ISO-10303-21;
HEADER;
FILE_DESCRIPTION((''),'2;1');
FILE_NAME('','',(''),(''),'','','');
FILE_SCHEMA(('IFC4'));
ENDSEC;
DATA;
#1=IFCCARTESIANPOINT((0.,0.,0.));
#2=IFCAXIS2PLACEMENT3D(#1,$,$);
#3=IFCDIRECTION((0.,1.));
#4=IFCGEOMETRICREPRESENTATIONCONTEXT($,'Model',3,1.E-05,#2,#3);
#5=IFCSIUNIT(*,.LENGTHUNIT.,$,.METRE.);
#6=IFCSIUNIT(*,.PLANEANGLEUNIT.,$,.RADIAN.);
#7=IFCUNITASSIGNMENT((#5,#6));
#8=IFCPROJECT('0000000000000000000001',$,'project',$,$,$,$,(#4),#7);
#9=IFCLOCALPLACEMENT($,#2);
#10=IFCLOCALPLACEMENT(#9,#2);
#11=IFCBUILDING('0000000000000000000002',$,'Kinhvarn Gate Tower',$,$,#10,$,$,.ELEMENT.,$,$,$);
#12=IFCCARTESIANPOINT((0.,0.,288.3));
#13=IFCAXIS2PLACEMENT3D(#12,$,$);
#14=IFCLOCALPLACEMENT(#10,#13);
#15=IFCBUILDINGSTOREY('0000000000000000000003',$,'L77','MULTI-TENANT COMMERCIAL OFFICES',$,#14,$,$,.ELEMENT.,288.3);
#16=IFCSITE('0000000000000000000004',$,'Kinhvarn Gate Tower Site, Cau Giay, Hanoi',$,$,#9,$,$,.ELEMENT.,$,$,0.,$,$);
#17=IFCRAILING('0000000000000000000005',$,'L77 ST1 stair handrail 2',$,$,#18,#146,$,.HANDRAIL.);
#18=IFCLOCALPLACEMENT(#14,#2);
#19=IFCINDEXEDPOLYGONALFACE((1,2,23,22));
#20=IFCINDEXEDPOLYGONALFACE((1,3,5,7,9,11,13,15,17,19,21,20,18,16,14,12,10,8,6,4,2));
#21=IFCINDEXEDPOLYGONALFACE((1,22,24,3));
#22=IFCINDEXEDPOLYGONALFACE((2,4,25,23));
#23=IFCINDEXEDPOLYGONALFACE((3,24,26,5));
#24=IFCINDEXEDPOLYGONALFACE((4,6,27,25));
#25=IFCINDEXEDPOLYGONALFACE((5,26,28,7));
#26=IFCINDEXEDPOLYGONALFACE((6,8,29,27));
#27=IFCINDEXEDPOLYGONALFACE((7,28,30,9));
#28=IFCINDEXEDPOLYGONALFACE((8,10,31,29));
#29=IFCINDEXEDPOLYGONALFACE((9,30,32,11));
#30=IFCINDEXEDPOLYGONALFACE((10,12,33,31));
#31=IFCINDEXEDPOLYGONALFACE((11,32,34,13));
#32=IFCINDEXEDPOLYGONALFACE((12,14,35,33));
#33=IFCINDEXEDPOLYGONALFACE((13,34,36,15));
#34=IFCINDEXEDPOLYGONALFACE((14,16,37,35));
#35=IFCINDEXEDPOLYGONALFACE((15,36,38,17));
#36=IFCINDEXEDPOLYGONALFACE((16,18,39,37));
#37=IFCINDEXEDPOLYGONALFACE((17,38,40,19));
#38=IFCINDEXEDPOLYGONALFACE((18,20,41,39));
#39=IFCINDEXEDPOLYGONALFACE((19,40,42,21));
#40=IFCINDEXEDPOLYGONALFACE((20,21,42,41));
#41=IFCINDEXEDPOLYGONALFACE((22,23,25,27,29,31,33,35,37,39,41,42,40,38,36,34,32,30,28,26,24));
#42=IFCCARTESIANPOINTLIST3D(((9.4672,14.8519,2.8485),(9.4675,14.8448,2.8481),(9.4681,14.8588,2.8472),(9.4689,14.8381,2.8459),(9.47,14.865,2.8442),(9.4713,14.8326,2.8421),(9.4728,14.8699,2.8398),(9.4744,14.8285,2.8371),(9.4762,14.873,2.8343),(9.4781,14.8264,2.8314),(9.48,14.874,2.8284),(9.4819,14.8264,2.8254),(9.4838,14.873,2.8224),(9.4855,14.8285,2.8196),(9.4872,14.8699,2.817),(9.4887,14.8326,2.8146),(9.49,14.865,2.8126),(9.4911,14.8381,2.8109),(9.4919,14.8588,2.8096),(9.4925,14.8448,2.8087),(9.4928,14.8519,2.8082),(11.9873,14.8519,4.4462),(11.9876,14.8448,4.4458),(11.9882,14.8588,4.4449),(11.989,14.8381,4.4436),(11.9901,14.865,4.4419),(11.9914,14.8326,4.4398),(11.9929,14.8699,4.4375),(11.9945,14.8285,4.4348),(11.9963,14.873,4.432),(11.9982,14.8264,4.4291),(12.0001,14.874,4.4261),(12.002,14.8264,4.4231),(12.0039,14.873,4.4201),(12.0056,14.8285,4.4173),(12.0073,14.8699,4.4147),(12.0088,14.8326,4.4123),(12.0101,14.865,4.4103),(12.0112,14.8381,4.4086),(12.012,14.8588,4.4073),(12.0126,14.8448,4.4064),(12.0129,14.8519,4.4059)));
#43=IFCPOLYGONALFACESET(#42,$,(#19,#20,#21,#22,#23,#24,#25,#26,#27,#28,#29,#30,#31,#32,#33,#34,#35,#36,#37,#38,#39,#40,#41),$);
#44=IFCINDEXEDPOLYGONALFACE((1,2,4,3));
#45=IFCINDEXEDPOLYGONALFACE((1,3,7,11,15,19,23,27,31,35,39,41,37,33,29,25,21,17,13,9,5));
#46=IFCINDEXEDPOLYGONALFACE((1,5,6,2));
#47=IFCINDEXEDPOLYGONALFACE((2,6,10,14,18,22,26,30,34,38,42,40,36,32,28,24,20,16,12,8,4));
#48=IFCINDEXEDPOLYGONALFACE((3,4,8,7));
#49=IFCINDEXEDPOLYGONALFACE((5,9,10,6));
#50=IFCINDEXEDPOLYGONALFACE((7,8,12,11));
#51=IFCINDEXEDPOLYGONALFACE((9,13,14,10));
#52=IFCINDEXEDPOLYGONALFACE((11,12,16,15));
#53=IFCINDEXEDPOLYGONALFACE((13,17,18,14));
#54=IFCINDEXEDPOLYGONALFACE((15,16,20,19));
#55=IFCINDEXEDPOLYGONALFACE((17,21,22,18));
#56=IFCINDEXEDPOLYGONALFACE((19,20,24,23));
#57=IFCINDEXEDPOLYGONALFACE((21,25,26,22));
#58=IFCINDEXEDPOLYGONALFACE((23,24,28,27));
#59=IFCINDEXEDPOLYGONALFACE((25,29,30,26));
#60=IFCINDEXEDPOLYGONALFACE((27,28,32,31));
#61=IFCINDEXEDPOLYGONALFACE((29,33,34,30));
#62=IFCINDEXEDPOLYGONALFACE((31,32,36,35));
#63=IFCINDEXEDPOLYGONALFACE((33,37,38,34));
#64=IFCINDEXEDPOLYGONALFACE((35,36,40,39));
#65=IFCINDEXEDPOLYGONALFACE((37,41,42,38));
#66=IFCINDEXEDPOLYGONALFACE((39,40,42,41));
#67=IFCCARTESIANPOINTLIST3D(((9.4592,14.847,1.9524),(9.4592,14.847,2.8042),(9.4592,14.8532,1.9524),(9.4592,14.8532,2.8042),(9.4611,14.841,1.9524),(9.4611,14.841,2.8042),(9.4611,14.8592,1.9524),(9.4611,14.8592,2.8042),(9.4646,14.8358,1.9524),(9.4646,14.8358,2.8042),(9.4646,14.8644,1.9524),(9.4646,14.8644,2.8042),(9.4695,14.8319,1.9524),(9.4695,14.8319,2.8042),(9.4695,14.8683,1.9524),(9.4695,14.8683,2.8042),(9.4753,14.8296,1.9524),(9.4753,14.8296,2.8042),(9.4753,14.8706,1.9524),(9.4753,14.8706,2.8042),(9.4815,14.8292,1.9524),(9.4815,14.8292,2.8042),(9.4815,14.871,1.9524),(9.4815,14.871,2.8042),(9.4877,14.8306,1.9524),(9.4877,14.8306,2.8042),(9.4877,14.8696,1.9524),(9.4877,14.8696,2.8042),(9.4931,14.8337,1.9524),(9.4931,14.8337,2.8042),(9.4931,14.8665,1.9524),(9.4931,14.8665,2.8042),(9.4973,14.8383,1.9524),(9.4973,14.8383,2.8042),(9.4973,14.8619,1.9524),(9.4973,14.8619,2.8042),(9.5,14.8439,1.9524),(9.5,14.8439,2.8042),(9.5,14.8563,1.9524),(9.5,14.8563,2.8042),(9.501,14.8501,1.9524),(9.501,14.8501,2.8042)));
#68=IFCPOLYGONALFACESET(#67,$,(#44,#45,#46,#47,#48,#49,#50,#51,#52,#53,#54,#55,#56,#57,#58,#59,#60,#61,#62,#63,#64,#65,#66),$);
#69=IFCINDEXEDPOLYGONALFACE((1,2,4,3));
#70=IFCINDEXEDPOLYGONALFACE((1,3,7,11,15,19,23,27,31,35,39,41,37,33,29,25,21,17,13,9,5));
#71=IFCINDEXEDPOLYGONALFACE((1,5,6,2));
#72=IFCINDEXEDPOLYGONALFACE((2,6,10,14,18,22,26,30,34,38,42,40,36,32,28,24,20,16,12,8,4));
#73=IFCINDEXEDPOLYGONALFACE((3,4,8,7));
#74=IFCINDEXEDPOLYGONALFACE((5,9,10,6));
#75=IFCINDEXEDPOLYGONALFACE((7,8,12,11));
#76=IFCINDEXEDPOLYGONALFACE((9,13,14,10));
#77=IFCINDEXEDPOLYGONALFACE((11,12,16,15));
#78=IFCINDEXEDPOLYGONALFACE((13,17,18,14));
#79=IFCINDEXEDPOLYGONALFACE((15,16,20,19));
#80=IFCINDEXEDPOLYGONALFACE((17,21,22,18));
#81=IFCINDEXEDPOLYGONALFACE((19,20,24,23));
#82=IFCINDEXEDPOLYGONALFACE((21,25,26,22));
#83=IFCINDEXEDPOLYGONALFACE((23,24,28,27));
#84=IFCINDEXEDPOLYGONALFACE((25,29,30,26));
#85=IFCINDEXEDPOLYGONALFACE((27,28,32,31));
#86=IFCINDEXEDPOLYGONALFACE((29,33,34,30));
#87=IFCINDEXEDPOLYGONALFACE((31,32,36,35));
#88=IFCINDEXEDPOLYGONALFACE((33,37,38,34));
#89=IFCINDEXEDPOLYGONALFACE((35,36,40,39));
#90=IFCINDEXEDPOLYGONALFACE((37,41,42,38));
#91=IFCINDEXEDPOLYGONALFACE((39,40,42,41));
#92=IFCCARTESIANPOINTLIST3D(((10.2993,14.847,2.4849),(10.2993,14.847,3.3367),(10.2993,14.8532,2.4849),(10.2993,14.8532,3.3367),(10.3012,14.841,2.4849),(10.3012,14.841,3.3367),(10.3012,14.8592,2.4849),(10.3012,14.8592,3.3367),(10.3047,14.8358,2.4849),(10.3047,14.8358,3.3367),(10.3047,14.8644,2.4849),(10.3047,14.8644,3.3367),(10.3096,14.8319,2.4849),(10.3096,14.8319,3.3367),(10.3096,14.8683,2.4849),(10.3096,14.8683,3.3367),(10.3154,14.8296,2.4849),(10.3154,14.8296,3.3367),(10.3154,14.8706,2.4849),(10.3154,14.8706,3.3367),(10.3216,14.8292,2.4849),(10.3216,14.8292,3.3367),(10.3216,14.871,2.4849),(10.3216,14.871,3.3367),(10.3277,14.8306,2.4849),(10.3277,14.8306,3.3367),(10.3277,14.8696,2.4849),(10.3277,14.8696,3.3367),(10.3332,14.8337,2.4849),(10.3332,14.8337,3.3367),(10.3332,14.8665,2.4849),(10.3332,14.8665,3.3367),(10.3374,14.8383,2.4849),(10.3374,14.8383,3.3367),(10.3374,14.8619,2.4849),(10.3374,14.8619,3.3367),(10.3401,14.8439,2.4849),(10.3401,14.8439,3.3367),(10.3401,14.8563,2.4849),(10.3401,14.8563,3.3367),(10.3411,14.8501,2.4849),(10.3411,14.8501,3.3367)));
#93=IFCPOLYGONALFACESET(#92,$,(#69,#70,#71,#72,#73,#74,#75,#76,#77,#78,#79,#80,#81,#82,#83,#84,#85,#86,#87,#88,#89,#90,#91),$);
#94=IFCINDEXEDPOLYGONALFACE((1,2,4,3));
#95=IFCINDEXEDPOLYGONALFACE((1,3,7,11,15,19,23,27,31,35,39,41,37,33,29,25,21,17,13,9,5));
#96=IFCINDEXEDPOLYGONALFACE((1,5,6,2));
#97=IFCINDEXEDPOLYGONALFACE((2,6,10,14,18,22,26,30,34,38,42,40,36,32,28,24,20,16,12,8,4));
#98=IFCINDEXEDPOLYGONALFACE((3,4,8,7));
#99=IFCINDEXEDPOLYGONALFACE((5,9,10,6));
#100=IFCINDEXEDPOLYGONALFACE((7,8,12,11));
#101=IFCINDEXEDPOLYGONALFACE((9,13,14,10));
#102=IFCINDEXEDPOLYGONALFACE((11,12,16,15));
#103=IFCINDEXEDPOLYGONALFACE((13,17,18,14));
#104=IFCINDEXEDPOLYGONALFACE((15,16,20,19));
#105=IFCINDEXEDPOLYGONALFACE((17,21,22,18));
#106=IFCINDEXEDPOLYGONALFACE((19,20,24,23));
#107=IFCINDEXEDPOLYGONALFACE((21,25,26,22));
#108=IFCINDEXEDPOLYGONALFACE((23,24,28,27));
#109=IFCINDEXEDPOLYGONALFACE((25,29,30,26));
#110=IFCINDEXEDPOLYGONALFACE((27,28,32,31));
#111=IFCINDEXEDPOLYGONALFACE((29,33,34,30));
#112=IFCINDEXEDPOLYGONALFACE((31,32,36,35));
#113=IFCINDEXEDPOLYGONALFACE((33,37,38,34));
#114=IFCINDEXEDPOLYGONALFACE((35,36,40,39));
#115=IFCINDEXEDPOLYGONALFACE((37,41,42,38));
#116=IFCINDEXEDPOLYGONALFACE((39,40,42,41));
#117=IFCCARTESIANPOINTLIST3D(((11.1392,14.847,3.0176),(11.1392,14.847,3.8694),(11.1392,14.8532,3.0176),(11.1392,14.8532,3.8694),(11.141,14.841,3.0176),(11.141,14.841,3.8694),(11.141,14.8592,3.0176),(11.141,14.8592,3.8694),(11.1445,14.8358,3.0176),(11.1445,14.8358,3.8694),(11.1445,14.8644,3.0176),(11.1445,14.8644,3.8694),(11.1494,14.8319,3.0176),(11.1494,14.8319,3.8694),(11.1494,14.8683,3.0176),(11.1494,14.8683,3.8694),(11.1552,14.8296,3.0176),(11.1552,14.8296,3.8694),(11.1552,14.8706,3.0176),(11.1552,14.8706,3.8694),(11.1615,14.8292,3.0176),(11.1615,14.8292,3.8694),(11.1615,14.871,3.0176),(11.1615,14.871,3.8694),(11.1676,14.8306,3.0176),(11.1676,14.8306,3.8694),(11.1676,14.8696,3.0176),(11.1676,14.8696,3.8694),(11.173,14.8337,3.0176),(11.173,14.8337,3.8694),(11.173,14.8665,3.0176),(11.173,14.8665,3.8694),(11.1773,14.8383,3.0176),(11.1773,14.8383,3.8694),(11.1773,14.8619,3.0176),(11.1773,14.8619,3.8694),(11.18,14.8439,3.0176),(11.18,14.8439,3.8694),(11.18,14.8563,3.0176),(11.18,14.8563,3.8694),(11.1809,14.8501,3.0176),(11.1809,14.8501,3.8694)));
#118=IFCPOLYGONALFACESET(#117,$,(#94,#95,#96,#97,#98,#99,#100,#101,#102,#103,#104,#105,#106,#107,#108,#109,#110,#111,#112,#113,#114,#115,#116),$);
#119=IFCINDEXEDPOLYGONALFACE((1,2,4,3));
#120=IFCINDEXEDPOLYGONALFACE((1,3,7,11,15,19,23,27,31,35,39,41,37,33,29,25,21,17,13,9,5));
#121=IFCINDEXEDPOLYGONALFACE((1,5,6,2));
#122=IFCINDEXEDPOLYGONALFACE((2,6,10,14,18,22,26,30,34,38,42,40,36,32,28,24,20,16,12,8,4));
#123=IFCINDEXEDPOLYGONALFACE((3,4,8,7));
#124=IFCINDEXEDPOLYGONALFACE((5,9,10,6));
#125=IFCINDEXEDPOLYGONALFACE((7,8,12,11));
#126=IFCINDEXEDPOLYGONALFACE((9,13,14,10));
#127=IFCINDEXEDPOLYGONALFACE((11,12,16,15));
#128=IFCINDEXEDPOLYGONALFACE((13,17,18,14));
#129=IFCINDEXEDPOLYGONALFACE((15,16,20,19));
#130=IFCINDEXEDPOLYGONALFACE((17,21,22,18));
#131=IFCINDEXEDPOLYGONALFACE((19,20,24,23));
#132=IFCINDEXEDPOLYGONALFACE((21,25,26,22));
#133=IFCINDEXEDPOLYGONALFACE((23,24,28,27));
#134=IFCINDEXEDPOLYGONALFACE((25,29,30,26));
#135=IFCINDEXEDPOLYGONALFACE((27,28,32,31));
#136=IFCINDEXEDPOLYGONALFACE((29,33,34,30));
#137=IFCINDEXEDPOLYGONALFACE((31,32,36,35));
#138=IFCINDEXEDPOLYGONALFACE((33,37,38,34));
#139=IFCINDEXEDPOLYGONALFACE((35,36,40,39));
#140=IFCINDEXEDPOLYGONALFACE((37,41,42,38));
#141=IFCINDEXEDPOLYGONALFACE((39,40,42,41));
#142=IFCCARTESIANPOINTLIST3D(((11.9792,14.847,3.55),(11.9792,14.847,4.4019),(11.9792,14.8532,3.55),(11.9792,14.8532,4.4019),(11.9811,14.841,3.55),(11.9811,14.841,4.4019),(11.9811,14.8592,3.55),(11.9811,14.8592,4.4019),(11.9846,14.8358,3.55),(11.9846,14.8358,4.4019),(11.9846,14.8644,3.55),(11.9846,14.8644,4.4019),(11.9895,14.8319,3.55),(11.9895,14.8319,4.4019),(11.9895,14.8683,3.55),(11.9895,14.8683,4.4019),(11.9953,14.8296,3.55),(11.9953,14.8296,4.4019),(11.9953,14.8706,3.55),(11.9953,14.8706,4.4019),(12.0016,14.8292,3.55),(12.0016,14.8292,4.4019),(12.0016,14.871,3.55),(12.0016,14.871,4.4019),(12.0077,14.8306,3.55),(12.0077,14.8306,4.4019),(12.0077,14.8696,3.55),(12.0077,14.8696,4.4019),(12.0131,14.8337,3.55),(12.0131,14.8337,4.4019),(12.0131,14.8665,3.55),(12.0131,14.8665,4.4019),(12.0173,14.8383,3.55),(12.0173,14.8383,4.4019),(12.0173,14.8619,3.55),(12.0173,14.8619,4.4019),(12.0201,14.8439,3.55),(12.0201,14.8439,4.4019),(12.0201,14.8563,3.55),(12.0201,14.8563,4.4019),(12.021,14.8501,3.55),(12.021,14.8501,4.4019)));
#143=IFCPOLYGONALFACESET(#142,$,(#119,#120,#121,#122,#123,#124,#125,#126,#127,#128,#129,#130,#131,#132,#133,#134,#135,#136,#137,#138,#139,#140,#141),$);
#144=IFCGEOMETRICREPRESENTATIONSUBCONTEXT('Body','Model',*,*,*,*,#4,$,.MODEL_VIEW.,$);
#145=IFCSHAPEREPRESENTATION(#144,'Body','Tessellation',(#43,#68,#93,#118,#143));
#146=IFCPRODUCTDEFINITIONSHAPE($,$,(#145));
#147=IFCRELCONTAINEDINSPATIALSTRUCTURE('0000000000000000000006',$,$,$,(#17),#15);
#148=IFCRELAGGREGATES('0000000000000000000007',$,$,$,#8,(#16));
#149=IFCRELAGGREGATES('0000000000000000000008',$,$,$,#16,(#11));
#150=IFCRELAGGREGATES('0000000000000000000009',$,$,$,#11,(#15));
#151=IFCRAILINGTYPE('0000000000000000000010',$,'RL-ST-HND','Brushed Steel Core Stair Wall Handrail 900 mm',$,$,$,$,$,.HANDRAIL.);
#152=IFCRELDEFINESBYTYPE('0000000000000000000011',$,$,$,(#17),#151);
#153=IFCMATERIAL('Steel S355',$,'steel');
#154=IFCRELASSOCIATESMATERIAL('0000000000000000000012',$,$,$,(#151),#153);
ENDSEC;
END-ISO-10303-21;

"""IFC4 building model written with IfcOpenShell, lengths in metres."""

from ifc_helpers import new_model, si_unit, direction, frame, origin, origin_2d, place, context, subcontext, project, spatial, circle, extrude, material, type_object, element, save


model = new_model("IFC4")

# Units and contexts
model_context = context("Model", 3, precision=1e-05, world=origin(), true_north=direction((0.0, 1.0)))
body_context = subcontext(model_context, "Body", "Model", "MODEL_VIEW")
ifc_project = project(units=[si_unit("LENGTHUNIT", "METRE"), si_unit("PLANEANGLEUNIT", "RADIAN")], contexts=[model_context])

# Site, building, storey
site_placement = place(None, origin())
site = spatial("IfcSite", under=ifc_project, at=site_placement, Name="Kinhvarn Gate Tower Site, Cau Giay, Hanoi", CompositionType="ELEMENT", RefElevation=0.0)
building_placement = place(site_placement, origin())
building = spatial("IfcBuilding", under=site, at=building_placement, Name="Kinhvarn Gate Tower", CompositionType="ELEMENT")
storey_placement = place(building_placement, frame((0.0, 0.0, 288.3)))
storey = spatial("IfcBuildingStorey", under=building, at=storey_placement, Name="L77", Description="MULTI-TENANT COMMERCIAL OFFICES", CompositionType="ELEMENT", Elevation=288.3)

# Shared definitions
ifc_material_1 = material(Name="Steel S355", Category="steel")

# Railing
railing_type_1 = type_object("IfcRailingType", Name="RL-ST-HND", Description="Brushed Steel Core Stair Wall Handrail 900 mm", PredefinedType="HANDRAIL", material=ifc_material_1)
railing_1_placement = place(storey_placement, frame((9.48, 14.8501, 1.9524)))
element("IfcRailing", 1, at=railing_1_placement, inside=storey, type_object=railing_type_1, Name="L77 ST1 stair handrail 2", PredefinedType="HANDRAIL", context=body_context, shape_type="SweptSolid", body=[
    extrude(circle(Radius=0.0239, at=origin_2d()), frame((0.0, 0.0, 0.876), z_axis=(0.84457, 0.0, 0.535445), x_axis=(0.0, 1.0, 0.0)), (0.0, 0.0, 1.0), 2.9839),
    extrude(circle(Radius=0.021, at=origin_2d()), origin(), (0.0, 0.0, 1.0), 0.8518),
    extrude(circle(Radius=0.021, at=origin_2d()), frame((0.8401, 0.0, 0.5325)), (0.0, 0.0, 1.0), 0.8518),
    extrude(circle(Radius=0.021, at=origin_2d()), frame((1.6799, 0.0, 1.0652)), (0.0, 0.0, 1.0), 0.8518),
    extrude(circle(Radius=0.021, at=origin_2d()), frame((2.52, 0.0, 1.5977)), (0.0, 0.0, 1.0), 0.8518),
])

save(model, "model.ifc")
